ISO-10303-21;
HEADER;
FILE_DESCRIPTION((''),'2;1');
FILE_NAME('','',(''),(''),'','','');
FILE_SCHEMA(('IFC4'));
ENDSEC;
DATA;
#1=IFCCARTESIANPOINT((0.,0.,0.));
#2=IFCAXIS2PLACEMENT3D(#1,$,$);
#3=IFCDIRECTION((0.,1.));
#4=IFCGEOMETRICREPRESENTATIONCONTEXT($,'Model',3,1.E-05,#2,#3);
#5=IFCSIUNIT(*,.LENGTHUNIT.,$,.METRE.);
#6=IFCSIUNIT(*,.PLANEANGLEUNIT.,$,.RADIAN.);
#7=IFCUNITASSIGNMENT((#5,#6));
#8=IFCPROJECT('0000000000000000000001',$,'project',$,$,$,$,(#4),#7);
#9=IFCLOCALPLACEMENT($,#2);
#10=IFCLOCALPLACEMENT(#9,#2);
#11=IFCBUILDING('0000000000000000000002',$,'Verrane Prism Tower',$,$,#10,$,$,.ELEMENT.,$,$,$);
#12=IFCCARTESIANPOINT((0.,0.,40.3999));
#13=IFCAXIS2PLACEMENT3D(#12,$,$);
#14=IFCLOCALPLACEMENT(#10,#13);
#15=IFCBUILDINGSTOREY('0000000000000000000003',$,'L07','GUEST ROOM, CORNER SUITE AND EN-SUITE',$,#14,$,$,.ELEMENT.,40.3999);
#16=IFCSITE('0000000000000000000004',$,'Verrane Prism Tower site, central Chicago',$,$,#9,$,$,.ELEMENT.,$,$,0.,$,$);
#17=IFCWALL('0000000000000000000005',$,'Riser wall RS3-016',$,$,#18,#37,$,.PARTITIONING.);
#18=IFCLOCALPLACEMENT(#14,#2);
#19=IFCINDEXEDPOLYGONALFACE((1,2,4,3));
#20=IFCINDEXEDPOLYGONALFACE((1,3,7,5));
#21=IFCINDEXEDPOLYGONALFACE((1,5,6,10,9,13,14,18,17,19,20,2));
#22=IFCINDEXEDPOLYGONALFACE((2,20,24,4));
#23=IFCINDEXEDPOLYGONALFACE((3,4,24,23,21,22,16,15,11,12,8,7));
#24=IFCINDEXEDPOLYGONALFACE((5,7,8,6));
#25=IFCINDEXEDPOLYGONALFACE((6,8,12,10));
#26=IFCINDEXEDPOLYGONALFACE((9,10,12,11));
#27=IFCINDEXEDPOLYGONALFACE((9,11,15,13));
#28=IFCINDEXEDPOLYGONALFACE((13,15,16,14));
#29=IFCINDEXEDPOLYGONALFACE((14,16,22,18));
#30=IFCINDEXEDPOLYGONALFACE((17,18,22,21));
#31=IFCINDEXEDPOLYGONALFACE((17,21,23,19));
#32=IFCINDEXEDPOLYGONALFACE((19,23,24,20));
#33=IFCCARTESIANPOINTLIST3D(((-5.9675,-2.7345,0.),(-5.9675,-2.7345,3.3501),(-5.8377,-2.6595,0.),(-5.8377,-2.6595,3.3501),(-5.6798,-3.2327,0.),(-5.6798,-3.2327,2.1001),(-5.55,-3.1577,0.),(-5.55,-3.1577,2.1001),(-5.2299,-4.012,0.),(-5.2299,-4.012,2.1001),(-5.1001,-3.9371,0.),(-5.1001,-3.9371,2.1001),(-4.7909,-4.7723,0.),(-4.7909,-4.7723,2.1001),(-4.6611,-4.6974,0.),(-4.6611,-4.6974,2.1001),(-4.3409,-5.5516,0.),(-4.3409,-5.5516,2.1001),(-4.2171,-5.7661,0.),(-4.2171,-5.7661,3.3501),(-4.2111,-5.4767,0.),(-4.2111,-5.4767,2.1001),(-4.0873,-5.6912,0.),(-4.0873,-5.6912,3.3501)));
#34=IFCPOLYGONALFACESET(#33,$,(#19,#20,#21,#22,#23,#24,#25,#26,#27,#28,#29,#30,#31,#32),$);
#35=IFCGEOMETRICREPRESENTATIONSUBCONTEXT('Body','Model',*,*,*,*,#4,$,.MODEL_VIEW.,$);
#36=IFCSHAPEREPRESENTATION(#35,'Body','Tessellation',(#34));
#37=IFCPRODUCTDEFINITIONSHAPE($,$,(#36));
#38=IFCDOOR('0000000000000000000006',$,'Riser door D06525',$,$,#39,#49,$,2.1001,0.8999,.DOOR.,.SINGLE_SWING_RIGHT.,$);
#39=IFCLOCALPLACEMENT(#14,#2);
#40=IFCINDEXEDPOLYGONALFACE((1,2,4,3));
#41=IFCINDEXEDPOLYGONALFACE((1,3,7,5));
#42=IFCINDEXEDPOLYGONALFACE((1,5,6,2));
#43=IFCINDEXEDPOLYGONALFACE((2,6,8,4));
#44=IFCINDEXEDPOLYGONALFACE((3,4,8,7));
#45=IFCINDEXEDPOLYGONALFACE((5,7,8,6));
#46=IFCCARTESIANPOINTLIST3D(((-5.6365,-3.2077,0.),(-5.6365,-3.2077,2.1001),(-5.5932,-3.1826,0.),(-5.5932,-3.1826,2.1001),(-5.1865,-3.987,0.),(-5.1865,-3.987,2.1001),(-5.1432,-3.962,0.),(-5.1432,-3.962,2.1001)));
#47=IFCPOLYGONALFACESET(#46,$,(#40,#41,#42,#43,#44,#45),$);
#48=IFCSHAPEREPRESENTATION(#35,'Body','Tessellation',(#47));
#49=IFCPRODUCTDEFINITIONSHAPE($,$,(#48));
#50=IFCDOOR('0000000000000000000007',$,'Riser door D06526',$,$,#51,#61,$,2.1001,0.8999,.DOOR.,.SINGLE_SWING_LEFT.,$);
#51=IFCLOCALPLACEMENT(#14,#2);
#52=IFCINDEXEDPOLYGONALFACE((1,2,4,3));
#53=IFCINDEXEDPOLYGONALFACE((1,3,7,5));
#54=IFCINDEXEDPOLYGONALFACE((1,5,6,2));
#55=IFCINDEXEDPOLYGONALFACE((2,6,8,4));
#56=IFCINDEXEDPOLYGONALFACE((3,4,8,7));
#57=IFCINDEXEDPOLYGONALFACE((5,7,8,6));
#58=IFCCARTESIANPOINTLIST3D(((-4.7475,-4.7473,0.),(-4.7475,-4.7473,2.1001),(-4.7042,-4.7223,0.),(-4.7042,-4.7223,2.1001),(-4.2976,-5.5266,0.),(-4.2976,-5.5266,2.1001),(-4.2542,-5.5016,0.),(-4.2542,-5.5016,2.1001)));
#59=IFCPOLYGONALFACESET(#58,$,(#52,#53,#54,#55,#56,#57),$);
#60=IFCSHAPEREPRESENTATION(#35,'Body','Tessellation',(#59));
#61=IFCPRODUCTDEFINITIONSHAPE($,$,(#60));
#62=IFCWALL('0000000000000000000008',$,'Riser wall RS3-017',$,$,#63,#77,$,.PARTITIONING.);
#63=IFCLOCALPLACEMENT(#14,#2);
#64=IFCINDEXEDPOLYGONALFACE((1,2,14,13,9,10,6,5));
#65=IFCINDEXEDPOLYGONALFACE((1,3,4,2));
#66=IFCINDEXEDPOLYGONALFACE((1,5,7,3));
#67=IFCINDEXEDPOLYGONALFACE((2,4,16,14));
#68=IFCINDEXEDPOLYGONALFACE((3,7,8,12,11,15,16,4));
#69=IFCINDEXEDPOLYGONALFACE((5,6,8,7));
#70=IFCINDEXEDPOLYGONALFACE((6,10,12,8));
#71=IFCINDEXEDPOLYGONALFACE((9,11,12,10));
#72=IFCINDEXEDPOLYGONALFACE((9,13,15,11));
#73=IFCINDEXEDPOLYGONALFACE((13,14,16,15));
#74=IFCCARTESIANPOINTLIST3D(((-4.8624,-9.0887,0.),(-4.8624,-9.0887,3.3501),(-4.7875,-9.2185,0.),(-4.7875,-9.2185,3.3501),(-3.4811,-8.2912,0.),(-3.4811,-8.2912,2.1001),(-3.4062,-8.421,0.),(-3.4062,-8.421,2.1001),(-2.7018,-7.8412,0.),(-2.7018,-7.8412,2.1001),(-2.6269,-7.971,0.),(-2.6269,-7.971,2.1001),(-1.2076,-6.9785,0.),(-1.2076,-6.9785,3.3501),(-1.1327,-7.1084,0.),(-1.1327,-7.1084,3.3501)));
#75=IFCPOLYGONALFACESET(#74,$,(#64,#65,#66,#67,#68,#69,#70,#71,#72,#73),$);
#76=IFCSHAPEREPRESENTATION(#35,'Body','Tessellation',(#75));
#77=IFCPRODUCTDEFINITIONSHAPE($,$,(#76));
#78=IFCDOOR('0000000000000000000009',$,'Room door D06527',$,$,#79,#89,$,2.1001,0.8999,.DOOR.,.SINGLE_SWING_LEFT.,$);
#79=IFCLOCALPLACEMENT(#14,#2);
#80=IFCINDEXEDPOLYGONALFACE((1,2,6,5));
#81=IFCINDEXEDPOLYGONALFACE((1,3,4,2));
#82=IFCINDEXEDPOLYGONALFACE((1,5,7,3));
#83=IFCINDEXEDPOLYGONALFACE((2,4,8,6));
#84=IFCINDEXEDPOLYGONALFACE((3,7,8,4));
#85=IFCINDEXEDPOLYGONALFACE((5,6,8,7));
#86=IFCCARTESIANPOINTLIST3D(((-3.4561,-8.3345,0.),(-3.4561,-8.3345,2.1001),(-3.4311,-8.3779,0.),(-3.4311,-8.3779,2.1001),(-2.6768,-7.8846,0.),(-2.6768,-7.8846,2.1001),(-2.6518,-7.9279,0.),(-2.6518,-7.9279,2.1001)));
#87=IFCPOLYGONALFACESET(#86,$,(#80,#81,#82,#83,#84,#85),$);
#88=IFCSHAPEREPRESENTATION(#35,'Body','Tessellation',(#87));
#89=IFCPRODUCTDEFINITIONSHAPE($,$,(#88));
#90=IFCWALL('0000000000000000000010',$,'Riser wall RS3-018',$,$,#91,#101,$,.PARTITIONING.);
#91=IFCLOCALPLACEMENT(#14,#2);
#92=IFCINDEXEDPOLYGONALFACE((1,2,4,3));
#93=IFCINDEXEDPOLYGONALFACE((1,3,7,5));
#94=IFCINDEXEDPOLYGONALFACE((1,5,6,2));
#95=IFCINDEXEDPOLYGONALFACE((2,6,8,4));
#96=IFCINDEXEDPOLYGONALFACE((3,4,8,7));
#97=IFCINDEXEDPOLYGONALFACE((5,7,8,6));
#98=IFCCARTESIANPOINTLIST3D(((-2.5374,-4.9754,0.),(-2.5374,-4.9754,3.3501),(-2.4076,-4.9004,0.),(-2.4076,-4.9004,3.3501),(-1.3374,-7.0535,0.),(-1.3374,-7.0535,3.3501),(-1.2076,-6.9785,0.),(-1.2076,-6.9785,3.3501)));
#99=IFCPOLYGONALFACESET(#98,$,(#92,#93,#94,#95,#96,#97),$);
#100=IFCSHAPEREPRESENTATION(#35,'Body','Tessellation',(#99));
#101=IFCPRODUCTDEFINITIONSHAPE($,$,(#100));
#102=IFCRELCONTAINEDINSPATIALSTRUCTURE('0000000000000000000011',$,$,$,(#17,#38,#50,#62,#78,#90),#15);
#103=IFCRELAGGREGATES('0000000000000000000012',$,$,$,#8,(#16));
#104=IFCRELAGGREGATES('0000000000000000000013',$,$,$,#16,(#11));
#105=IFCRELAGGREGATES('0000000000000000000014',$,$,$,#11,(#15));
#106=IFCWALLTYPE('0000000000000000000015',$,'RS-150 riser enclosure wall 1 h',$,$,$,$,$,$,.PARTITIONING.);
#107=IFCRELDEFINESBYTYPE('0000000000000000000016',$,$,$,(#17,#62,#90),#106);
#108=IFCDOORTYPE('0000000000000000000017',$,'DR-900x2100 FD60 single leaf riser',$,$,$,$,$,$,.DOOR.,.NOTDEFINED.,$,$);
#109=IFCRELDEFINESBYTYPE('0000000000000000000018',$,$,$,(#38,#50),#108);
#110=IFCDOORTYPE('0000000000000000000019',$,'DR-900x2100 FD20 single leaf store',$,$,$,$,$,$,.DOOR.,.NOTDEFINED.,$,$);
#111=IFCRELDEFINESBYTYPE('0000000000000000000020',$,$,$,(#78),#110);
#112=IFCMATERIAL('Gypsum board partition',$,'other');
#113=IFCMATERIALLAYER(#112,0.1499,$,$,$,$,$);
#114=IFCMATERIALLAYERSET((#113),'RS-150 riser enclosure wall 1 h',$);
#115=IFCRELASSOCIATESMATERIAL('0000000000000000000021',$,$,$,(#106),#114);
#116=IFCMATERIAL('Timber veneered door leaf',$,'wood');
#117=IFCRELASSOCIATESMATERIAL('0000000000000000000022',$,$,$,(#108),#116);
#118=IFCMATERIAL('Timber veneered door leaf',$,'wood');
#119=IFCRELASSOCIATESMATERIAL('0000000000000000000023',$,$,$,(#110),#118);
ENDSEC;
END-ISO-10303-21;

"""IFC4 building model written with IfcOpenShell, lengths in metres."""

from ifc_helpers import new_model, si_unit, direction, frame, frame_2d, origin, place, context, subcontext, project, spatial, rectangle, extrude, material, layer, layer_set, type_object, element, fill, save


model = new_model("IFC4")

# Units and contexts
model_context = context("Model", 3, precision=1e-05, world=origin(), true_north=direction((0.0, 1.0)))
body_context = subcontext(model_context, "Body", "Model", "MODEL_VIEW")
ifc_project = project(units=[si_unit("LENGTHUNIT", "METRE"), si_unit("PLANEANGLEUNIT", "RADIAN")], contexts=[model_context])

# Site, building, storey
site_placement = place(None, origin())
site = spatial("IfcSite", under=ifc_project, at=site_placement, Name="Verrane Prism Tower site, central Chicago", CompositionType="ELEMENT", RefElevation=0.0)
building_placement = place(site_placement, origin())
building = spatial("IfcBuilding", under=site, at=building_placement, Name="Verrane Prism Tower", CompositionType="ELEMENT")
storey_placement = place(building_placement, frame((0.0, 0.0, 40.3999)))
storey = spatial("IfcBuildingStorey", under=building, at=storey_placement, Name="L07", Description="GUEST ROOM, CORNER SUITE AND EN-SUITE", CompositionType="ELEMENT", Elevation=40.3999)

# Shared definitions
ifc_material_1 = material(Name="Gypsum board partition", Category="other")
ifc_layer_1 = layer(ifc_material_1, 0.1499)
ifc_layer_set_1 = layer_set([ifc_layer_1], Name="RS-150 riser enclosure wall 1 h")
wall_type_1 = type_object("IfcWallType", Name="RS-150 riser enclosure wall 1 h", PredefinedType="PARTITIONING", material=ifc_layer_set_1)

# Wall, openings, doors
wall_1_placement = place(storey_placement, frame((-4.1521, -5.7288, 0.0), z_axis=(0.0, 0.0, 1.0), x_axis=(-0.500024, 0.866011, 0.0)))
wall_1 = element("IfcWall", 1, at=wall_1_placement, inside=storey, type_object=wall_type_1, Name="Riser wall RS3-016", PredefinedType="PARTITIONING", context=body_context, shape_type="SweptSolid", body=[
    extrude(rectangle(XDim=3.5007, YDim=0.1499, at=frame_2d((1.7505, 0.0))), origin(), (0.0, 0.0, 1.0), 3.3501),
])
opening_1_placement = place(wall_1_placement, frame((2.0256, 0.0, 0.0)))
opening_1 = element("IfcOpeningElement", 2, at=opening_1_placement, cuts=wall_1, PredefinedType="OPENING", context=body_context, shape_type="SweptSolid", body=[
    extrude(rectangle(XDim=0.8999, YDim=2.1001, at=frame_2d((0.45, 1.05))), frame((0.0, 0.085, 0.0), z_axis=(0.0, -1.0, 0.0), x_axis=(1.0, 0.0, 0.0)), (0.0, 0.0, 1.0), 0.1699),
])
opening_2_placement = place(wall_1_placement, frame((0.2478, 0.0, 0.0)))
opening_2 = element("IfcOpeningElement", 3, at=opening_2_placement, cuts=wall_1, PredefinedType="OPENING", context=body_context, shape_type="SweptSolid", body=[
    extrude(rectangle(XDim=0.8999, YDim=2.1001, at=frame_2d((0.45, 1.05))), frame((0.0, 0.085, 0.0), z_axis=(0.0, -1.0, 0.0), x_axis=(1.0, 0.0, 0.0)), (0.0, 0.0, 1.0), 0.1699),
])
ifc_material_2 = material(Name="Timber veneered door leaf", Category="wood")
door_type_1 = type_object("IfcDoorType", Name="DR-900x2100 FD60 single leaf riser", OperationType="NOTDEFINED", PredefinedType="DOOR", material=ifc_material_2)
door_1_placement = place(opening_1_placement, origin())
door_1 = element("IfcDoor", 4, at=door_1_placement, inside=storey, type_object=door_type_1, Name="Riser door D06525", OperationType="SINGLE_SWING_RIGHT", OverallHeight=2.1001, OverallWidth=0.8999, PredefinedType="DOOR", context=body_context, shape_type="SweptSolid", body=[
    extrude(rectangle(XDim=0.8999, YDim=2.1001, at=frame_2d((0.45, 1.05))), frame((0.0, 0.0249, 0.0), z_axis=(0.0, -1.0, 0.0), x_axis=(1.0, 0.0, 0.0)), (0.0, 0.0, 1.0), 0.05),
])
fill(opening_1, door_1)
door_2_placement = place(opening_2_placement, origin())
door_2 = element("IfcDoor", 5, at=door_2_placement, inside=storey, type_object=door_type_1, Name="Riser door D06526", OperationType="SINGLE_SWING_LEFT", OverallHeight=2.1001, OverallWidth=0.8999, PredefinedType="DOOR", context=body_context, shape_type="SweptSolid", body=[
    extrude(rectangle(XDim=0.8999, YDim=2.1001, at=frame_2d((0.45, 1.05))), frame((0.0, 0.0249, 0.0), z_axis=(0.0, -1.0, 0.0), x_axis=(1.0, 0.0, 0.0)), (0.0, 0.0, 1.0), 0.05),
])
fill(opening_2, door_2)

# Wall, opening, door
wall_2_placement = place(storey_placement, frame((-4.825, -9.1536, 0.0), z_axis=(0.0, 0.0, 1.0), x_axis=(0.866024, 0.500003, 0.0)))
wall_2 = element("IfcWall", 6, at=wall_2_placement, inside=storey, type_object=wall_type_1, Name="Riser wall RS3-017", PredefinedType="PARTITIONING", context=body_context, shape_type="SweptSolid", body=[
    extrude(rectangle(XDim=4.2202, YDim=0.1499, at=frame_2d((2.1101, 0.0))), origin(), (0.0, 0.0, 1.0), 3.3501),
])
opening_3_placement = place(wall_2_placement, frame((1.595, 0.0, 0.0)))
opening_3 = element("IfcOpeningElement", 7, at=opening_3_placement, cuts=wall_2, PredefinedType="OPENING", context=body_context, shape_type="SweptSolid", body=[
    extrude(rectangle(XDim=0.8999, YDim=2.1001, at=frame_2d((0.45, 1.05))), frame((0.0, 0.085, 0.0), z_axis=(0.0, -1.0, 0.0), x_axis=(1.0, 0.0, 0.0)), (0.0, 0.0, 1.0), 0.1699),
])
ifc_material_3 = material(Name="Timber veneered door leaf", Category="wood")
door_type_2 = type_object("IfcDoorType", Name="DR-900x2100 FD20 single leaf store", OperationType="NOTDEFINED", PredefinedType="DOOR", material=ifc_material_3)
door_3_placement = place(opening_3_placement, origin())
door_3 = element("IfcDoor", 8, at=door_3_placement, inside=storey, type_object=door_type_2, Name="Room door D06527", OperationType="SINGLE_SWING_LEFT", OverallHeight=2.1001, OverallWidth=0.8999, PredefinedType="DOOR", context=body_context, shape_type="SweptSolid", body=[
    extrude(rectangle(XDim=0.8999, YDim=2.1001, at=frame_2d((0.45, 1.05))), frame((0.0, 0.0249, 0.0), z_axis=(0.0, -1.0, 0.0), x_axis=(1.0, 0.0, 0.0)), (0.0, 0.0, 1.0), 0.05),
])
fill(opening_3, door_3)

# Wall
wall_3_placement = place(storey_placement, frame((-2.4724, -4.938, 0.0), z_axis=(0.0, 0.0, 1.0), x_axis=(0.500045, -0.865999, 0.0)))
element("IfcWall", 9, at=wall_3_placement, inside=storey, type_object=wall_type_1, Name="Riser wall RS3-018", PredefinedType="PARTITIONING", context=body_context, shape_type="SweptSolid", body=[
    extrude(rectangle(XDim=2.3997, YDim=0.1499, at=frame_2d((1.1997, 0.0))), origin(), (0.0, 0.0, 1.0), 3.3501),
])

save(model, "model.ifc")
